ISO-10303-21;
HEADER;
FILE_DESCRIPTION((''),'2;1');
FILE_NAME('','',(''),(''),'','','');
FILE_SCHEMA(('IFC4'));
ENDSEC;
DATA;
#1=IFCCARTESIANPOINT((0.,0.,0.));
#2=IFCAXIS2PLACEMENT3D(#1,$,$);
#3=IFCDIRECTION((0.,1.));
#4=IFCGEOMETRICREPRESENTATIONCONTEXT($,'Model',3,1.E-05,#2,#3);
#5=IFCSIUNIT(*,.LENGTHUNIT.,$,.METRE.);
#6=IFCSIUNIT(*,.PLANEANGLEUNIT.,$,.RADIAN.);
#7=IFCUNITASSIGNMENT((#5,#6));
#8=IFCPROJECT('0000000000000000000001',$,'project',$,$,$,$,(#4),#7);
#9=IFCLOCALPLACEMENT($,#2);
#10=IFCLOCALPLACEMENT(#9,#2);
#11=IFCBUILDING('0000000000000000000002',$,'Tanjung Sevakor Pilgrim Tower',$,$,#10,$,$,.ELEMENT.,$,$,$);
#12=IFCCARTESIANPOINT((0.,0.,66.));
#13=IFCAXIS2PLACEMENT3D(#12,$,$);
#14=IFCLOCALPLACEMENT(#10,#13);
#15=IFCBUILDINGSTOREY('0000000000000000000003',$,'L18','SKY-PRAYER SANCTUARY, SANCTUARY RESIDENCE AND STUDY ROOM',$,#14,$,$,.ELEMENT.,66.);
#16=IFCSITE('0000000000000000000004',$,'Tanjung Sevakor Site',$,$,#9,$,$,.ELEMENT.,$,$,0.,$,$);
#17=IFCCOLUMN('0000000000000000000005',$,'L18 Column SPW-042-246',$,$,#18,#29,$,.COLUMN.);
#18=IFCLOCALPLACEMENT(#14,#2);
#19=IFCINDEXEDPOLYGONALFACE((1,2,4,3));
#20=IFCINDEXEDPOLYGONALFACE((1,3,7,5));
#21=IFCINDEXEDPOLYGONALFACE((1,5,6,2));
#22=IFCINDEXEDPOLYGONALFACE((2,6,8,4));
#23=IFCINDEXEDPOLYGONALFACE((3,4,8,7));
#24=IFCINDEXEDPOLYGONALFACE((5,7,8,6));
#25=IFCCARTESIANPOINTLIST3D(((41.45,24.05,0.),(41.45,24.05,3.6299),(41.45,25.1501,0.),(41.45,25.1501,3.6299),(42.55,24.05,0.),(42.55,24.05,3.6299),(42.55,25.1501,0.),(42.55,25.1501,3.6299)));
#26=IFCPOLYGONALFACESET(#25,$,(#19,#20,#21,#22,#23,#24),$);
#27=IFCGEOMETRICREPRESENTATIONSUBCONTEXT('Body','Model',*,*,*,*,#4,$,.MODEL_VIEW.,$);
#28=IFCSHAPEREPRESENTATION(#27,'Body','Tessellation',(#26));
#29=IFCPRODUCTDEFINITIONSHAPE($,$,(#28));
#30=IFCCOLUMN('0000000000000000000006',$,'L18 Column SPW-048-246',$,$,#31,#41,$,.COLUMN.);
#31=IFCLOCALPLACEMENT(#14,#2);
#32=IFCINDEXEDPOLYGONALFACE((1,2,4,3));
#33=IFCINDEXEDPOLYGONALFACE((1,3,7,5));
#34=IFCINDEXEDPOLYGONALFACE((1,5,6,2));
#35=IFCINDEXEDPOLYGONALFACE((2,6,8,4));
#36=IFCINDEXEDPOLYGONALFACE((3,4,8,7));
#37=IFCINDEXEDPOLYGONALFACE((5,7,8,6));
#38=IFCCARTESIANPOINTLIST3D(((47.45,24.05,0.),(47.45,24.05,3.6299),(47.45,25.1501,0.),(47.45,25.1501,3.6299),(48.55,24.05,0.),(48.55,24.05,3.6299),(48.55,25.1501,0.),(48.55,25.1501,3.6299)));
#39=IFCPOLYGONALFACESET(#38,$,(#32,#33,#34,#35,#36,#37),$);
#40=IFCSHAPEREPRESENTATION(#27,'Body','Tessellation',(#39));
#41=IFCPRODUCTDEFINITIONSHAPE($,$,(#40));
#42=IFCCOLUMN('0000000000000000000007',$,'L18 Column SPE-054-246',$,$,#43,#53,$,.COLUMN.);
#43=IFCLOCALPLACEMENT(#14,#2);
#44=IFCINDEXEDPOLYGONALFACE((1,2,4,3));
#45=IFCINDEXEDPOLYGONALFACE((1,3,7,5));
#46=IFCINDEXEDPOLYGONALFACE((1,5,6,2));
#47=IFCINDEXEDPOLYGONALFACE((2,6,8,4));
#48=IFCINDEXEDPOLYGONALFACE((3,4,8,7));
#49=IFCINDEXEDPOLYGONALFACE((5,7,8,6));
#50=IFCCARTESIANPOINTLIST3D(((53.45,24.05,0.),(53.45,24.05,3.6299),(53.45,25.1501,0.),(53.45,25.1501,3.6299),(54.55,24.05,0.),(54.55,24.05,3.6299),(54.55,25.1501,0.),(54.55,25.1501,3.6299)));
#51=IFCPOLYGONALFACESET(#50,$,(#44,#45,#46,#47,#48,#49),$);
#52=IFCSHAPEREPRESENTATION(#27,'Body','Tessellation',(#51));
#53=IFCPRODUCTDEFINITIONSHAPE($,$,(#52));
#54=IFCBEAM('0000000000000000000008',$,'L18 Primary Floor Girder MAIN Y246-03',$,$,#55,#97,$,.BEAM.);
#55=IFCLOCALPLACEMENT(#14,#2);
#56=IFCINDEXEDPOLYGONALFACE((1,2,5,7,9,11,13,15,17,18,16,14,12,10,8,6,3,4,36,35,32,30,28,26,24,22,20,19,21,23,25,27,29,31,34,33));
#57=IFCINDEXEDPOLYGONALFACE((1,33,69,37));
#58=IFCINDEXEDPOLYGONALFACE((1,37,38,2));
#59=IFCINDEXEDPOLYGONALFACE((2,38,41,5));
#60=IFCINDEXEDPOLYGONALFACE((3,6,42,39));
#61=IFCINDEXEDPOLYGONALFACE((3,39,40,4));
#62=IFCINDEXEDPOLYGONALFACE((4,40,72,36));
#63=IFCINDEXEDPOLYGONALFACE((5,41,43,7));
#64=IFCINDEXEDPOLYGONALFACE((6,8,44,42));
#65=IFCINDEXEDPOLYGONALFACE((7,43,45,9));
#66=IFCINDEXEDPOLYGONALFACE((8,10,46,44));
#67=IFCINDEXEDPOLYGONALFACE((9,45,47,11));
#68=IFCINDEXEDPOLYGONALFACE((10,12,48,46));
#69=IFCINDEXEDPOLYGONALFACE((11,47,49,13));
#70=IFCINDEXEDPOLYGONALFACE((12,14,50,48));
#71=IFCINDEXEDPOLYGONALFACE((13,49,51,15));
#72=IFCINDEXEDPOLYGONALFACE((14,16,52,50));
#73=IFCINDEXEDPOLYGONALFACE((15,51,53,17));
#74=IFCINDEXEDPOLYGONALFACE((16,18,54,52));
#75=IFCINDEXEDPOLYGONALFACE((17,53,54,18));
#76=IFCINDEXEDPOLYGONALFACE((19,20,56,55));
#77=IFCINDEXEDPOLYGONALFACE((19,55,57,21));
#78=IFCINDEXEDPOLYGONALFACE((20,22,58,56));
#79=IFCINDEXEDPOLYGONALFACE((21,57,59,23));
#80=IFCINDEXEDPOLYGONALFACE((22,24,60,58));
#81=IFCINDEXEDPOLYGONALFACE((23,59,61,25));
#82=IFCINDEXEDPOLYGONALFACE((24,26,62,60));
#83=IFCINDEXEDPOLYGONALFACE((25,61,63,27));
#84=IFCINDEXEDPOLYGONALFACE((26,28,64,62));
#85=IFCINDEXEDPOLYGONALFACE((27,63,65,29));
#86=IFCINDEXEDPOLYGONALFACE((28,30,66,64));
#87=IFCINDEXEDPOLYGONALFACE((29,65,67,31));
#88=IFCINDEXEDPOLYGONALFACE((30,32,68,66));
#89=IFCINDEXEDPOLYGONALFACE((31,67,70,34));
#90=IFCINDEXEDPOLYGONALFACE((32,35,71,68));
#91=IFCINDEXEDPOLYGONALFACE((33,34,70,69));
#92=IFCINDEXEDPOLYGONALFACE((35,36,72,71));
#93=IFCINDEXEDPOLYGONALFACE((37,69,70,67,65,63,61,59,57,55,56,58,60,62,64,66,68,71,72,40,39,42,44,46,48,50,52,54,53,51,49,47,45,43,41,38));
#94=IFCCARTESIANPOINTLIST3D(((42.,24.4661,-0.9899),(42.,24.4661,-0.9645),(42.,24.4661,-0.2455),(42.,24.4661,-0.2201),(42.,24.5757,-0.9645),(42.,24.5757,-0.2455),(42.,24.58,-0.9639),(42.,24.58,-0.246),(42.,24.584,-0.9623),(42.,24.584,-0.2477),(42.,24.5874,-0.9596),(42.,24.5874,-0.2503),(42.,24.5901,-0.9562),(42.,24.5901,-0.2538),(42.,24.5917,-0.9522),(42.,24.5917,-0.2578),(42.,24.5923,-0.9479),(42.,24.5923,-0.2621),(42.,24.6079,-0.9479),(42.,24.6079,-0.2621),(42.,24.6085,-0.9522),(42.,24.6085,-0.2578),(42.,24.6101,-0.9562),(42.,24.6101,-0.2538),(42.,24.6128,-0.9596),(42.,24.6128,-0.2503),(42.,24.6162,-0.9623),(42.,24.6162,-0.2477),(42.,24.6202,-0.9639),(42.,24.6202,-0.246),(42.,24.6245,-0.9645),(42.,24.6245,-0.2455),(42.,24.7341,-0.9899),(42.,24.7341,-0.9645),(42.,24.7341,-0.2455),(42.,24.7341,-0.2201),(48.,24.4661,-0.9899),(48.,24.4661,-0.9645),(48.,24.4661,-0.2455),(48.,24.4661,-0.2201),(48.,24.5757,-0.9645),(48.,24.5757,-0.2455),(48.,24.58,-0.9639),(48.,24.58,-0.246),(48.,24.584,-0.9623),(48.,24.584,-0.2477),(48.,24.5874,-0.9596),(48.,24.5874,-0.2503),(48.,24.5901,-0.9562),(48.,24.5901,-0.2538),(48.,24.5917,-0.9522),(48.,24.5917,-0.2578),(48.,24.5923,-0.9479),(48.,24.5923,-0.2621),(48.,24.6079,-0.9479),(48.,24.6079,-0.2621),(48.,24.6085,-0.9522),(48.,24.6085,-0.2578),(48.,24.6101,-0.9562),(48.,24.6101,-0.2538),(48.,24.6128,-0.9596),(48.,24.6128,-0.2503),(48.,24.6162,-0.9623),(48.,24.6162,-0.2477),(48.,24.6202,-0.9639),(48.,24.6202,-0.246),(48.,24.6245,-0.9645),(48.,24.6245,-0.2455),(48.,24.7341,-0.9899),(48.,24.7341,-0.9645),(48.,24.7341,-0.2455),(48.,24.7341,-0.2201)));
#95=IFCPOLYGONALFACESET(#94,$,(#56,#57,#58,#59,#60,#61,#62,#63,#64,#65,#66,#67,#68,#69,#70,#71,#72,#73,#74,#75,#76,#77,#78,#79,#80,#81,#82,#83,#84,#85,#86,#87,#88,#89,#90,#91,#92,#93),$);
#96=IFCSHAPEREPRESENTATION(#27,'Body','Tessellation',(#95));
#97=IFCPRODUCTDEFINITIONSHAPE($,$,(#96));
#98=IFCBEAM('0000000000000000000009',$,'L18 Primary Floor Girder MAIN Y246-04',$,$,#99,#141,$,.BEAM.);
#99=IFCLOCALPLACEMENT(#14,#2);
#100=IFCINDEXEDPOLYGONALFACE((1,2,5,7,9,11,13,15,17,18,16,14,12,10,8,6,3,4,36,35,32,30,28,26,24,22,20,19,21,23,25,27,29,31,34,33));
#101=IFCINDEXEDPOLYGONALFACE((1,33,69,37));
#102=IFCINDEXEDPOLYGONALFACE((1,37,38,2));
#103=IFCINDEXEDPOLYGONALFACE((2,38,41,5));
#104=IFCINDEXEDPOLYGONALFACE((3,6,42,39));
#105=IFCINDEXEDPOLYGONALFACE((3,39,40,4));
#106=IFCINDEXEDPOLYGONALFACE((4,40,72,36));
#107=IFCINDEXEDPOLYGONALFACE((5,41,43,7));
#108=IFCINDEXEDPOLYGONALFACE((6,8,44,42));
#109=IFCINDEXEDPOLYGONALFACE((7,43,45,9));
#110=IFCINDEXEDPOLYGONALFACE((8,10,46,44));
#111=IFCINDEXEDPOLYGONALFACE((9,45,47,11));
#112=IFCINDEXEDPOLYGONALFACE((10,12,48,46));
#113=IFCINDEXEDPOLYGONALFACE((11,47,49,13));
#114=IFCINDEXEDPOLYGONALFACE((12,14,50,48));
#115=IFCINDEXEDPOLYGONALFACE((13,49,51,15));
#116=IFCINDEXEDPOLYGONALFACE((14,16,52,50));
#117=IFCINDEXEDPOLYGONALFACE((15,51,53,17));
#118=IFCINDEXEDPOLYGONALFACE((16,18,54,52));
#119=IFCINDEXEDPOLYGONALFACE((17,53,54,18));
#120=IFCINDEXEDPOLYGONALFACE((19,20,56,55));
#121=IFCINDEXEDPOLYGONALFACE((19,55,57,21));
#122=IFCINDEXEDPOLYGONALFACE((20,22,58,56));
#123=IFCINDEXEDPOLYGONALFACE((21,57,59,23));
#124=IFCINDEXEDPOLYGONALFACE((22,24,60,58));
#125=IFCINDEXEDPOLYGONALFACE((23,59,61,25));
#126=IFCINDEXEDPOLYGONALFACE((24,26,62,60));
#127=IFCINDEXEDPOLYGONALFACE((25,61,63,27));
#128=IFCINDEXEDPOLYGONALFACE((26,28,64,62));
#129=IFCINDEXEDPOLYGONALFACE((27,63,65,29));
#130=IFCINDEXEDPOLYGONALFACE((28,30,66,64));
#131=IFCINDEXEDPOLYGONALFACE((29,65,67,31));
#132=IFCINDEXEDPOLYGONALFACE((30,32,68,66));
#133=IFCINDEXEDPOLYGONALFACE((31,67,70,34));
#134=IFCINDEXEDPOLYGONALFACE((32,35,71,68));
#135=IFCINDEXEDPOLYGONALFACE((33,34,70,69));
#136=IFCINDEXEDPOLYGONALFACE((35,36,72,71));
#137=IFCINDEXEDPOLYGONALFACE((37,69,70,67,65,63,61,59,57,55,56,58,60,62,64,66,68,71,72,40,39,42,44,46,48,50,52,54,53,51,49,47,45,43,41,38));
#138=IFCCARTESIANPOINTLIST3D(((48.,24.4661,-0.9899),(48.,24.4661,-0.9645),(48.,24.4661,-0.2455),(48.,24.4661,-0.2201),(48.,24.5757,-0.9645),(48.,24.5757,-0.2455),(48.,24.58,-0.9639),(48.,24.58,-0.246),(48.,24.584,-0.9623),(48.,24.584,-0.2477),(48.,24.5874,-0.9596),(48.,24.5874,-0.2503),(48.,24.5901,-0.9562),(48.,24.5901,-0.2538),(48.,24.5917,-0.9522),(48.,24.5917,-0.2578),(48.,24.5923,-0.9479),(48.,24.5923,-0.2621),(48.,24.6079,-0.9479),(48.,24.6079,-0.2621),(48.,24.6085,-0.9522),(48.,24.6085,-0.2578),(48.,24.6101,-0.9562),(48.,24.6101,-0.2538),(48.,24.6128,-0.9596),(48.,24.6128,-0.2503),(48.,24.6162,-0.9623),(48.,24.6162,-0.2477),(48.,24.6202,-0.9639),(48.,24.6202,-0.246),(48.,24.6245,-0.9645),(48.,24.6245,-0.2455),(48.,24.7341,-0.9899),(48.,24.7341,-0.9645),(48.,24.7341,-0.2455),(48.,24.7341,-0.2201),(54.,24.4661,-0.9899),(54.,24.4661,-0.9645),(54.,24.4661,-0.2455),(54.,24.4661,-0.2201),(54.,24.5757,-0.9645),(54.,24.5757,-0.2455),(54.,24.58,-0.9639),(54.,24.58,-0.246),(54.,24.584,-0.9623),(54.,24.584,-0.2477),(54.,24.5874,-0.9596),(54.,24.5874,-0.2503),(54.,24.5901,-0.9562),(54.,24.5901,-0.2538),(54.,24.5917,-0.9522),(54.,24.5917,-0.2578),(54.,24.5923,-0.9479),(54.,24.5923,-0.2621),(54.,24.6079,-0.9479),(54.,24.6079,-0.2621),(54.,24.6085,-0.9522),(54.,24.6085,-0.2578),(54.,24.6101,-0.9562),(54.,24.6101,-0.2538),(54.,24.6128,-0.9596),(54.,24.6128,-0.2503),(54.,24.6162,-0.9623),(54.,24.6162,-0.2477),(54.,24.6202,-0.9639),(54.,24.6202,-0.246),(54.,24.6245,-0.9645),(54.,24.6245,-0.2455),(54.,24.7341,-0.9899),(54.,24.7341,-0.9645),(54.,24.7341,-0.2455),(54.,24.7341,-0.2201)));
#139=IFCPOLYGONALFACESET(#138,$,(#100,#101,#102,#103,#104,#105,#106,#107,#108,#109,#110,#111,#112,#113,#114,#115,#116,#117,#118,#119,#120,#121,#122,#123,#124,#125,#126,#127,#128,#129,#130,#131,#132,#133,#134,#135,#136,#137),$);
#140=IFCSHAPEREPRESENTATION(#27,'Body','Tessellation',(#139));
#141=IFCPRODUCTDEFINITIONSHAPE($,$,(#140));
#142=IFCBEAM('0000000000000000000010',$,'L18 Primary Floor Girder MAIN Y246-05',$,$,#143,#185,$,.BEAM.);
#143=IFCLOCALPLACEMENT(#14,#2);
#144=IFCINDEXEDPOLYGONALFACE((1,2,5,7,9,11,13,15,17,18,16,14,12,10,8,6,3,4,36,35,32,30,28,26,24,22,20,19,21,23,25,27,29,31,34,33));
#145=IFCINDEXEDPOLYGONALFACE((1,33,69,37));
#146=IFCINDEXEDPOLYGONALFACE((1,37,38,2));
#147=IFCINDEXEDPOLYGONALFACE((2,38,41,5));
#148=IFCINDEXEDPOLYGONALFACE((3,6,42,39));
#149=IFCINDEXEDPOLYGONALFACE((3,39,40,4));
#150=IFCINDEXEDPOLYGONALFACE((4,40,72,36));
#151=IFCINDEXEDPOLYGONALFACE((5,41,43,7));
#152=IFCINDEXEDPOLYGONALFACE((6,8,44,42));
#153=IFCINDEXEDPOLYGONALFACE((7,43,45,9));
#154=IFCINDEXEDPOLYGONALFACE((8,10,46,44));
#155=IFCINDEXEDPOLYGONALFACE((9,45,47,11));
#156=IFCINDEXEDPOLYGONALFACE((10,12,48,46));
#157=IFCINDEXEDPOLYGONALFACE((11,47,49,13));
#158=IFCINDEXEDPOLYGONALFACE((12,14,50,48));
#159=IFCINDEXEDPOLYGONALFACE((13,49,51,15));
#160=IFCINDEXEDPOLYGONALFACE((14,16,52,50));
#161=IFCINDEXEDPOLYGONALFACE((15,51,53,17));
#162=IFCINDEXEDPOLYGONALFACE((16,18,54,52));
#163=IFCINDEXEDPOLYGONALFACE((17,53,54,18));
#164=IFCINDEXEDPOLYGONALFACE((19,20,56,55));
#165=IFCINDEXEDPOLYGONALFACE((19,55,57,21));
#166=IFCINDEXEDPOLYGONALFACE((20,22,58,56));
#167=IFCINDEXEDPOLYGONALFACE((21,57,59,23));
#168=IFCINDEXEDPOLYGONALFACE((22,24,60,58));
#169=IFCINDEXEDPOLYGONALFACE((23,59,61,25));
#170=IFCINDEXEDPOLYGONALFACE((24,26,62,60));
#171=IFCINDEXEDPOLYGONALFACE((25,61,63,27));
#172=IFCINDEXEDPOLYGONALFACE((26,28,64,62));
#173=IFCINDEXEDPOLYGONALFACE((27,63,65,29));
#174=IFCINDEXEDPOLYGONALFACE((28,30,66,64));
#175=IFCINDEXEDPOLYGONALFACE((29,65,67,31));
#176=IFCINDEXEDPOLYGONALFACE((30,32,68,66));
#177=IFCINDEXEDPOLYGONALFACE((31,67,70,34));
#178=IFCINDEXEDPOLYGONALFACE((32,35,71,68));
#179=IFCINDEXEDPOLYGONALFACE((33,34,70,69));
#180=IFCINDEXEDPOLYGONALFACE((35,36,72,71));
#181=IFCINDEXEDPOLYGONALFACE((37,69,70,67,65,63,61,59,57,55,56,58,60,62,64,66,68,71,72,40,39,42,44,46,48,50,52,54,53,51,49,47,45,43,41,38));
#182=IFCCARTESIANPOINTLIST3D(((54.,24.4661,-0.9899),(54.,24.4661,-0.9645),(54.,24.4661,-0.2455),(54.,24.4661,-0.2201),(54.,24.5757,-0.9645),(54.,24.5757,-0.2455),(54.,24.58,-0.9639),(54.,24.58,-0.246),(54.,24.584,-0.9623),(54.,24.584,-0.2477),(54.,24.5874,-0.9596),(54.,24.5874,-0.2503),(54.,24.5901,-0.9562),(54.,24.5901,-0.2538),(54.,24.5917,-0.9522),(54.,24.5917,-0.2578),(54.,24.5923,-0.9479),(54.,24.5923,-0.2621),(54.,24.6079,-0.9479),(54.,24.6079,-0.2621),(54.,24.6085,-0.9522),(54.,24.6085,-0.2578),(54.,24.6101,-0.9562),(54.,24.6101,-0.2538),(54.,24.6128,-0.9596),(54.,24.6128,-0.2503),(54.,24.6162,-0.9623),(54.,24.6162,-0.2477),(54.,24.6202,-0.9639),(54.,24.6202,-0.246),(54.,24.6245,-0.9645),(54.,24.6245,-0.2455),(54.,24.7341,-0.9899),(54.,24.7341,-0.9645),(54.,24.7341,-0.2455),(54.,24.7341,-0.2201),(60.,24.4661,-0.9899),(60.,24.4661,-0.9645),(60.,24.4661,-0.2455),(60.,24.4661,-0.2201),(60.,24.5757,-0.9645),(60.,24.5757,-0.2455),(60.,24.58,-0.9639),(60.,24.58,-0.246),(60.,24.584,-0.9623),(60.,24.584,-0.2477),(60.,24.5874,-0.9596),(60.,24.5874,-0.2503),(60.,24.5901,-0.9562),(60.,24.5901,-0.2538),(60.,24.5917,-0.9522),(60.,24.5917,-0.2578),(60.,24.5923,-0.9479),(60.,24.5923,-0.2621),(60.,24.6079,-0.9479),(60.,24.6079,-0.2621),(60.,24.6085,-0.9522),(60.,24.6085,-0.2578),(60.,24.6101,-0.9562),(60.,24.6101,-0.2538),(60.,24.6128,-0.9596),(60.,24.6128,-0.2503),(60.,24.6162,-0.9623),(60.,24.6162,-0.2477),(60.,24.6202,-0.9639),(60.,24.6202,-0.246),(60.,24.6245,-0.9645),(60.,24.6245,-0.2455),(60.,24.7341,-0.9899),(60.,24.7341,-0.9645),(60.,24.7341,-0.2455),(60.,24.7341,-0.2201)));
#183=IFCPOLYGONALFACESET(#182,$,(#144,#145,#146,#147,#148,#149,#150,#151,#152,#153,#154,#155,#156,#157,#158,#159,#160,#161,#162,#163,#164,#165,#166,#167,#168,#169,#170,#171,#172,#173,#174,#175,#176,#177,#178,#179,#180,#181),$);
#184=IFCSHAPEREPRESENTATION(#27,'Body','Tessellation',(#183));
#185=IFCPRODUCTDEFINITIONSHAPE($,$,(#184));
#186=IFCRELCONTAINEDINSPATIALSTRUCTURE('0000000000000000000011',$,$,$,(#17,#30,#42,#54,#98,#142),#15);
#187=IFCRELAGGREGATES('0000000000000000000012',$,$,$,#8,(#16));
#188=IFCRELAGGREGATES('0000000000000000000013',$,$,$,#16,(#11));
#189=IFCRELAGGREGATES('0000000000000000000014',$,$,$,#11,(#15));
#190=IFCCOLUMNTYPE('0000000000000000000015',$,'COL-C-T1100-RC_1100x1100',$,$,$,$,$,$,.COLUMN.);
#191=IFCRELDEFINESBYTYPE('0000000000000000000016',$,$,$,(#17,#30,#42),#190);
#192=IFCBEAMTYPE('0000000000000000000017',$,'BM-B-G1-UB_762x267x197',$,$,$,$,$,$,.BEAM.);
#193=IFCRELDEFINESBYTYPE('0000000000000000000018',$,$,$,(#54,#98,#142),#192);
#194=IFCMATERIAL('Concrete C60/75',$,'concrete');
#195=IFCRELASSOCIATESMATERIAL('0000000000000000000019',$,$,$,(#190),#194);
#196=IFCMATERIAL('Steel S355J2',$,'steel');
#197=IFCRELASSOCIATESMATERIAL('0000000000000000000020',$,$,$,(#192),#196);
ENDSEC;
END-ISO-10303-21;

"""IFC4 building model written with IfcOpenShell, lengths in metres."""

from ifc_helpers import new_model, si_unit, direction, frame, origin, origin_2d, place, context, subcontext, project, spatial, rectangle, i_section, extrude, material, material_profile, profile_set, type_object, element, save


model = new_model("IFC4")

# Units and contexts
model_context = context("Model", 3, precision=1e-05, world=origin(), true_north=direction((0.0, 1.0)))
body_context = subcontext(model_context, "Body", "Model", "MODEL_VIEW")
ifc_project = project(units=[si_unit("LENGTHUNIT", "METRE"), si_unit("PLANEANGLEUNIT", "RADIAN")], contexts=[model_context])

# Site, building, storey
site_placement = place(None, origin())
site = spatial("IfcSite", under=ifc_project, at=site_placement, Name="Tanjung Sevakor Site", CompositionType="ELEMENT", RefElevation=0.0)
building_placement = place(site_placement, origin())
building = spatial("IfcBuilding", under=site, at=building_placement, Name="Tanjung Sevakor Pilgrim Tower", CompositionType="ELEMENT")
storey_placement = place(building_placement, frame((0.0, 0.0, 66.0)))
storey = spatial("IfcBuildingStorey", under=building, at=storey_placement, Name="L18", Description="SKY-PRAYER SANCTUARY, SANCTUARY RESIDENCE AND STUDY ROOM", CompositionType="ELEMENT", Elevation=66.0)

# Columns
ifc_material_1 = material(Name="Concrete C60/75", Category="concrete")
ifc_material_profile_1 = material_profile(ifc_material_1, rectangle(XDim=1.1001, YDim=1.1001, at=origin_2d()))
ifc_profile_set_1 = profile_set([ifc_material_profile_1], Name="Concrete C60/75")
column_type = type_object("IfcColumnType", Name="COL-C-T1100-RC_1100x1100", PredefinedType="COLUMN", material=ifc_profile_set_1)
for number, where, z_axis, x_axis, name in (
    (1, (42.0, 24.6001, 0.0), (0.0, 0.0, 1.0), (1.0, 0.0, 0.0), "L18 Column SPW-042-246"),
    (2, (48.0, 24.6001, 0.0), (0.0, 0.0, 1.0), (1.0, 0.0, 0.0), "L18 Column SPW-048-246"),
    (3, (54.0, 24.6001, 0.0), (0.0, 0.0, 1.0), (1.0, 0.0, 0.0), "L18 Column SPE-054-246"),
):
    element("IfcColumn", number, at=place(storey_placement, frame(where, z_axis=z_axis, x_axis=x_axis)), inside=storey, type_object=column_type, Name=name, PredefinedType="COLUMN", context=body_context, shape_type="SweptSolid", body=[
        extrude(rectangle(XDim=1.1001, YDim=1.1001, at=origin_2d()), origin(), (0.0, 0.0, 1.0), 3.6299),
    ])

# Beams
ifc_material_2 = material(Name="Steel S355J2", Category="steel")
ifc_material_profile_2 = material_profile(ifc_material_2, i_section(OverallWidth=0.2681, OverallDepth=0.7698, WebThickness=0.0156, FlangeThickness=0.0254, FilletRadius=0.0166, at=origin_2d()))
ifc_profile_set_2 = profile_set([ifc_material_profile_2], Name="Steel S355J2")
beam_type_1 = type_object("IfcBeamType", Name="BM-B-G1-UB_762x267x197", PredefinedType="BEAM", material=ifc_profile_set_2)
for number, where, z_axis, x_axis, name in (
    (4, (42.0, 24.6001, -0.605), (1.0, 0.0, 0.0), (0.0, 1.0, 0.0), "L18 Primary Floor Girder MAIN Y246-03"),
    (5, (48.0, 24.6001, -0.605), (1.0, 0.0, 0.0), (0.0, 1.0, 0.0), "L18 Primary Floor Girder MAIN Y246-04"),
    (6, (54.0, 24.6001, -0.605), (1.0, 0.0, 0.0), (0.0, 1.0, 0.0), "L18 Primary Floor Girder MAIN Y246-05"),
):
    element("IfcBeam", number, at=place(storey_placement, frame(where, z_axis=z_axis, x_axis=x_axis)), inside=storey, type_object=beam_type_1, Name=name, PredefinedType="BEAM", context=body_context, shape_type="SweptSolid", body=[
        extrude(i_section(OverallWidth=0.2681, OverallDepth=0.7698, WebThickness=0.0156, FlangeThickness=0.0254, FilletRadius=0.0166, at=origin_2d()), origin(), (0.0, 0.0, 1.0), 6.0),
    ])

save(model, "model.ifc")
